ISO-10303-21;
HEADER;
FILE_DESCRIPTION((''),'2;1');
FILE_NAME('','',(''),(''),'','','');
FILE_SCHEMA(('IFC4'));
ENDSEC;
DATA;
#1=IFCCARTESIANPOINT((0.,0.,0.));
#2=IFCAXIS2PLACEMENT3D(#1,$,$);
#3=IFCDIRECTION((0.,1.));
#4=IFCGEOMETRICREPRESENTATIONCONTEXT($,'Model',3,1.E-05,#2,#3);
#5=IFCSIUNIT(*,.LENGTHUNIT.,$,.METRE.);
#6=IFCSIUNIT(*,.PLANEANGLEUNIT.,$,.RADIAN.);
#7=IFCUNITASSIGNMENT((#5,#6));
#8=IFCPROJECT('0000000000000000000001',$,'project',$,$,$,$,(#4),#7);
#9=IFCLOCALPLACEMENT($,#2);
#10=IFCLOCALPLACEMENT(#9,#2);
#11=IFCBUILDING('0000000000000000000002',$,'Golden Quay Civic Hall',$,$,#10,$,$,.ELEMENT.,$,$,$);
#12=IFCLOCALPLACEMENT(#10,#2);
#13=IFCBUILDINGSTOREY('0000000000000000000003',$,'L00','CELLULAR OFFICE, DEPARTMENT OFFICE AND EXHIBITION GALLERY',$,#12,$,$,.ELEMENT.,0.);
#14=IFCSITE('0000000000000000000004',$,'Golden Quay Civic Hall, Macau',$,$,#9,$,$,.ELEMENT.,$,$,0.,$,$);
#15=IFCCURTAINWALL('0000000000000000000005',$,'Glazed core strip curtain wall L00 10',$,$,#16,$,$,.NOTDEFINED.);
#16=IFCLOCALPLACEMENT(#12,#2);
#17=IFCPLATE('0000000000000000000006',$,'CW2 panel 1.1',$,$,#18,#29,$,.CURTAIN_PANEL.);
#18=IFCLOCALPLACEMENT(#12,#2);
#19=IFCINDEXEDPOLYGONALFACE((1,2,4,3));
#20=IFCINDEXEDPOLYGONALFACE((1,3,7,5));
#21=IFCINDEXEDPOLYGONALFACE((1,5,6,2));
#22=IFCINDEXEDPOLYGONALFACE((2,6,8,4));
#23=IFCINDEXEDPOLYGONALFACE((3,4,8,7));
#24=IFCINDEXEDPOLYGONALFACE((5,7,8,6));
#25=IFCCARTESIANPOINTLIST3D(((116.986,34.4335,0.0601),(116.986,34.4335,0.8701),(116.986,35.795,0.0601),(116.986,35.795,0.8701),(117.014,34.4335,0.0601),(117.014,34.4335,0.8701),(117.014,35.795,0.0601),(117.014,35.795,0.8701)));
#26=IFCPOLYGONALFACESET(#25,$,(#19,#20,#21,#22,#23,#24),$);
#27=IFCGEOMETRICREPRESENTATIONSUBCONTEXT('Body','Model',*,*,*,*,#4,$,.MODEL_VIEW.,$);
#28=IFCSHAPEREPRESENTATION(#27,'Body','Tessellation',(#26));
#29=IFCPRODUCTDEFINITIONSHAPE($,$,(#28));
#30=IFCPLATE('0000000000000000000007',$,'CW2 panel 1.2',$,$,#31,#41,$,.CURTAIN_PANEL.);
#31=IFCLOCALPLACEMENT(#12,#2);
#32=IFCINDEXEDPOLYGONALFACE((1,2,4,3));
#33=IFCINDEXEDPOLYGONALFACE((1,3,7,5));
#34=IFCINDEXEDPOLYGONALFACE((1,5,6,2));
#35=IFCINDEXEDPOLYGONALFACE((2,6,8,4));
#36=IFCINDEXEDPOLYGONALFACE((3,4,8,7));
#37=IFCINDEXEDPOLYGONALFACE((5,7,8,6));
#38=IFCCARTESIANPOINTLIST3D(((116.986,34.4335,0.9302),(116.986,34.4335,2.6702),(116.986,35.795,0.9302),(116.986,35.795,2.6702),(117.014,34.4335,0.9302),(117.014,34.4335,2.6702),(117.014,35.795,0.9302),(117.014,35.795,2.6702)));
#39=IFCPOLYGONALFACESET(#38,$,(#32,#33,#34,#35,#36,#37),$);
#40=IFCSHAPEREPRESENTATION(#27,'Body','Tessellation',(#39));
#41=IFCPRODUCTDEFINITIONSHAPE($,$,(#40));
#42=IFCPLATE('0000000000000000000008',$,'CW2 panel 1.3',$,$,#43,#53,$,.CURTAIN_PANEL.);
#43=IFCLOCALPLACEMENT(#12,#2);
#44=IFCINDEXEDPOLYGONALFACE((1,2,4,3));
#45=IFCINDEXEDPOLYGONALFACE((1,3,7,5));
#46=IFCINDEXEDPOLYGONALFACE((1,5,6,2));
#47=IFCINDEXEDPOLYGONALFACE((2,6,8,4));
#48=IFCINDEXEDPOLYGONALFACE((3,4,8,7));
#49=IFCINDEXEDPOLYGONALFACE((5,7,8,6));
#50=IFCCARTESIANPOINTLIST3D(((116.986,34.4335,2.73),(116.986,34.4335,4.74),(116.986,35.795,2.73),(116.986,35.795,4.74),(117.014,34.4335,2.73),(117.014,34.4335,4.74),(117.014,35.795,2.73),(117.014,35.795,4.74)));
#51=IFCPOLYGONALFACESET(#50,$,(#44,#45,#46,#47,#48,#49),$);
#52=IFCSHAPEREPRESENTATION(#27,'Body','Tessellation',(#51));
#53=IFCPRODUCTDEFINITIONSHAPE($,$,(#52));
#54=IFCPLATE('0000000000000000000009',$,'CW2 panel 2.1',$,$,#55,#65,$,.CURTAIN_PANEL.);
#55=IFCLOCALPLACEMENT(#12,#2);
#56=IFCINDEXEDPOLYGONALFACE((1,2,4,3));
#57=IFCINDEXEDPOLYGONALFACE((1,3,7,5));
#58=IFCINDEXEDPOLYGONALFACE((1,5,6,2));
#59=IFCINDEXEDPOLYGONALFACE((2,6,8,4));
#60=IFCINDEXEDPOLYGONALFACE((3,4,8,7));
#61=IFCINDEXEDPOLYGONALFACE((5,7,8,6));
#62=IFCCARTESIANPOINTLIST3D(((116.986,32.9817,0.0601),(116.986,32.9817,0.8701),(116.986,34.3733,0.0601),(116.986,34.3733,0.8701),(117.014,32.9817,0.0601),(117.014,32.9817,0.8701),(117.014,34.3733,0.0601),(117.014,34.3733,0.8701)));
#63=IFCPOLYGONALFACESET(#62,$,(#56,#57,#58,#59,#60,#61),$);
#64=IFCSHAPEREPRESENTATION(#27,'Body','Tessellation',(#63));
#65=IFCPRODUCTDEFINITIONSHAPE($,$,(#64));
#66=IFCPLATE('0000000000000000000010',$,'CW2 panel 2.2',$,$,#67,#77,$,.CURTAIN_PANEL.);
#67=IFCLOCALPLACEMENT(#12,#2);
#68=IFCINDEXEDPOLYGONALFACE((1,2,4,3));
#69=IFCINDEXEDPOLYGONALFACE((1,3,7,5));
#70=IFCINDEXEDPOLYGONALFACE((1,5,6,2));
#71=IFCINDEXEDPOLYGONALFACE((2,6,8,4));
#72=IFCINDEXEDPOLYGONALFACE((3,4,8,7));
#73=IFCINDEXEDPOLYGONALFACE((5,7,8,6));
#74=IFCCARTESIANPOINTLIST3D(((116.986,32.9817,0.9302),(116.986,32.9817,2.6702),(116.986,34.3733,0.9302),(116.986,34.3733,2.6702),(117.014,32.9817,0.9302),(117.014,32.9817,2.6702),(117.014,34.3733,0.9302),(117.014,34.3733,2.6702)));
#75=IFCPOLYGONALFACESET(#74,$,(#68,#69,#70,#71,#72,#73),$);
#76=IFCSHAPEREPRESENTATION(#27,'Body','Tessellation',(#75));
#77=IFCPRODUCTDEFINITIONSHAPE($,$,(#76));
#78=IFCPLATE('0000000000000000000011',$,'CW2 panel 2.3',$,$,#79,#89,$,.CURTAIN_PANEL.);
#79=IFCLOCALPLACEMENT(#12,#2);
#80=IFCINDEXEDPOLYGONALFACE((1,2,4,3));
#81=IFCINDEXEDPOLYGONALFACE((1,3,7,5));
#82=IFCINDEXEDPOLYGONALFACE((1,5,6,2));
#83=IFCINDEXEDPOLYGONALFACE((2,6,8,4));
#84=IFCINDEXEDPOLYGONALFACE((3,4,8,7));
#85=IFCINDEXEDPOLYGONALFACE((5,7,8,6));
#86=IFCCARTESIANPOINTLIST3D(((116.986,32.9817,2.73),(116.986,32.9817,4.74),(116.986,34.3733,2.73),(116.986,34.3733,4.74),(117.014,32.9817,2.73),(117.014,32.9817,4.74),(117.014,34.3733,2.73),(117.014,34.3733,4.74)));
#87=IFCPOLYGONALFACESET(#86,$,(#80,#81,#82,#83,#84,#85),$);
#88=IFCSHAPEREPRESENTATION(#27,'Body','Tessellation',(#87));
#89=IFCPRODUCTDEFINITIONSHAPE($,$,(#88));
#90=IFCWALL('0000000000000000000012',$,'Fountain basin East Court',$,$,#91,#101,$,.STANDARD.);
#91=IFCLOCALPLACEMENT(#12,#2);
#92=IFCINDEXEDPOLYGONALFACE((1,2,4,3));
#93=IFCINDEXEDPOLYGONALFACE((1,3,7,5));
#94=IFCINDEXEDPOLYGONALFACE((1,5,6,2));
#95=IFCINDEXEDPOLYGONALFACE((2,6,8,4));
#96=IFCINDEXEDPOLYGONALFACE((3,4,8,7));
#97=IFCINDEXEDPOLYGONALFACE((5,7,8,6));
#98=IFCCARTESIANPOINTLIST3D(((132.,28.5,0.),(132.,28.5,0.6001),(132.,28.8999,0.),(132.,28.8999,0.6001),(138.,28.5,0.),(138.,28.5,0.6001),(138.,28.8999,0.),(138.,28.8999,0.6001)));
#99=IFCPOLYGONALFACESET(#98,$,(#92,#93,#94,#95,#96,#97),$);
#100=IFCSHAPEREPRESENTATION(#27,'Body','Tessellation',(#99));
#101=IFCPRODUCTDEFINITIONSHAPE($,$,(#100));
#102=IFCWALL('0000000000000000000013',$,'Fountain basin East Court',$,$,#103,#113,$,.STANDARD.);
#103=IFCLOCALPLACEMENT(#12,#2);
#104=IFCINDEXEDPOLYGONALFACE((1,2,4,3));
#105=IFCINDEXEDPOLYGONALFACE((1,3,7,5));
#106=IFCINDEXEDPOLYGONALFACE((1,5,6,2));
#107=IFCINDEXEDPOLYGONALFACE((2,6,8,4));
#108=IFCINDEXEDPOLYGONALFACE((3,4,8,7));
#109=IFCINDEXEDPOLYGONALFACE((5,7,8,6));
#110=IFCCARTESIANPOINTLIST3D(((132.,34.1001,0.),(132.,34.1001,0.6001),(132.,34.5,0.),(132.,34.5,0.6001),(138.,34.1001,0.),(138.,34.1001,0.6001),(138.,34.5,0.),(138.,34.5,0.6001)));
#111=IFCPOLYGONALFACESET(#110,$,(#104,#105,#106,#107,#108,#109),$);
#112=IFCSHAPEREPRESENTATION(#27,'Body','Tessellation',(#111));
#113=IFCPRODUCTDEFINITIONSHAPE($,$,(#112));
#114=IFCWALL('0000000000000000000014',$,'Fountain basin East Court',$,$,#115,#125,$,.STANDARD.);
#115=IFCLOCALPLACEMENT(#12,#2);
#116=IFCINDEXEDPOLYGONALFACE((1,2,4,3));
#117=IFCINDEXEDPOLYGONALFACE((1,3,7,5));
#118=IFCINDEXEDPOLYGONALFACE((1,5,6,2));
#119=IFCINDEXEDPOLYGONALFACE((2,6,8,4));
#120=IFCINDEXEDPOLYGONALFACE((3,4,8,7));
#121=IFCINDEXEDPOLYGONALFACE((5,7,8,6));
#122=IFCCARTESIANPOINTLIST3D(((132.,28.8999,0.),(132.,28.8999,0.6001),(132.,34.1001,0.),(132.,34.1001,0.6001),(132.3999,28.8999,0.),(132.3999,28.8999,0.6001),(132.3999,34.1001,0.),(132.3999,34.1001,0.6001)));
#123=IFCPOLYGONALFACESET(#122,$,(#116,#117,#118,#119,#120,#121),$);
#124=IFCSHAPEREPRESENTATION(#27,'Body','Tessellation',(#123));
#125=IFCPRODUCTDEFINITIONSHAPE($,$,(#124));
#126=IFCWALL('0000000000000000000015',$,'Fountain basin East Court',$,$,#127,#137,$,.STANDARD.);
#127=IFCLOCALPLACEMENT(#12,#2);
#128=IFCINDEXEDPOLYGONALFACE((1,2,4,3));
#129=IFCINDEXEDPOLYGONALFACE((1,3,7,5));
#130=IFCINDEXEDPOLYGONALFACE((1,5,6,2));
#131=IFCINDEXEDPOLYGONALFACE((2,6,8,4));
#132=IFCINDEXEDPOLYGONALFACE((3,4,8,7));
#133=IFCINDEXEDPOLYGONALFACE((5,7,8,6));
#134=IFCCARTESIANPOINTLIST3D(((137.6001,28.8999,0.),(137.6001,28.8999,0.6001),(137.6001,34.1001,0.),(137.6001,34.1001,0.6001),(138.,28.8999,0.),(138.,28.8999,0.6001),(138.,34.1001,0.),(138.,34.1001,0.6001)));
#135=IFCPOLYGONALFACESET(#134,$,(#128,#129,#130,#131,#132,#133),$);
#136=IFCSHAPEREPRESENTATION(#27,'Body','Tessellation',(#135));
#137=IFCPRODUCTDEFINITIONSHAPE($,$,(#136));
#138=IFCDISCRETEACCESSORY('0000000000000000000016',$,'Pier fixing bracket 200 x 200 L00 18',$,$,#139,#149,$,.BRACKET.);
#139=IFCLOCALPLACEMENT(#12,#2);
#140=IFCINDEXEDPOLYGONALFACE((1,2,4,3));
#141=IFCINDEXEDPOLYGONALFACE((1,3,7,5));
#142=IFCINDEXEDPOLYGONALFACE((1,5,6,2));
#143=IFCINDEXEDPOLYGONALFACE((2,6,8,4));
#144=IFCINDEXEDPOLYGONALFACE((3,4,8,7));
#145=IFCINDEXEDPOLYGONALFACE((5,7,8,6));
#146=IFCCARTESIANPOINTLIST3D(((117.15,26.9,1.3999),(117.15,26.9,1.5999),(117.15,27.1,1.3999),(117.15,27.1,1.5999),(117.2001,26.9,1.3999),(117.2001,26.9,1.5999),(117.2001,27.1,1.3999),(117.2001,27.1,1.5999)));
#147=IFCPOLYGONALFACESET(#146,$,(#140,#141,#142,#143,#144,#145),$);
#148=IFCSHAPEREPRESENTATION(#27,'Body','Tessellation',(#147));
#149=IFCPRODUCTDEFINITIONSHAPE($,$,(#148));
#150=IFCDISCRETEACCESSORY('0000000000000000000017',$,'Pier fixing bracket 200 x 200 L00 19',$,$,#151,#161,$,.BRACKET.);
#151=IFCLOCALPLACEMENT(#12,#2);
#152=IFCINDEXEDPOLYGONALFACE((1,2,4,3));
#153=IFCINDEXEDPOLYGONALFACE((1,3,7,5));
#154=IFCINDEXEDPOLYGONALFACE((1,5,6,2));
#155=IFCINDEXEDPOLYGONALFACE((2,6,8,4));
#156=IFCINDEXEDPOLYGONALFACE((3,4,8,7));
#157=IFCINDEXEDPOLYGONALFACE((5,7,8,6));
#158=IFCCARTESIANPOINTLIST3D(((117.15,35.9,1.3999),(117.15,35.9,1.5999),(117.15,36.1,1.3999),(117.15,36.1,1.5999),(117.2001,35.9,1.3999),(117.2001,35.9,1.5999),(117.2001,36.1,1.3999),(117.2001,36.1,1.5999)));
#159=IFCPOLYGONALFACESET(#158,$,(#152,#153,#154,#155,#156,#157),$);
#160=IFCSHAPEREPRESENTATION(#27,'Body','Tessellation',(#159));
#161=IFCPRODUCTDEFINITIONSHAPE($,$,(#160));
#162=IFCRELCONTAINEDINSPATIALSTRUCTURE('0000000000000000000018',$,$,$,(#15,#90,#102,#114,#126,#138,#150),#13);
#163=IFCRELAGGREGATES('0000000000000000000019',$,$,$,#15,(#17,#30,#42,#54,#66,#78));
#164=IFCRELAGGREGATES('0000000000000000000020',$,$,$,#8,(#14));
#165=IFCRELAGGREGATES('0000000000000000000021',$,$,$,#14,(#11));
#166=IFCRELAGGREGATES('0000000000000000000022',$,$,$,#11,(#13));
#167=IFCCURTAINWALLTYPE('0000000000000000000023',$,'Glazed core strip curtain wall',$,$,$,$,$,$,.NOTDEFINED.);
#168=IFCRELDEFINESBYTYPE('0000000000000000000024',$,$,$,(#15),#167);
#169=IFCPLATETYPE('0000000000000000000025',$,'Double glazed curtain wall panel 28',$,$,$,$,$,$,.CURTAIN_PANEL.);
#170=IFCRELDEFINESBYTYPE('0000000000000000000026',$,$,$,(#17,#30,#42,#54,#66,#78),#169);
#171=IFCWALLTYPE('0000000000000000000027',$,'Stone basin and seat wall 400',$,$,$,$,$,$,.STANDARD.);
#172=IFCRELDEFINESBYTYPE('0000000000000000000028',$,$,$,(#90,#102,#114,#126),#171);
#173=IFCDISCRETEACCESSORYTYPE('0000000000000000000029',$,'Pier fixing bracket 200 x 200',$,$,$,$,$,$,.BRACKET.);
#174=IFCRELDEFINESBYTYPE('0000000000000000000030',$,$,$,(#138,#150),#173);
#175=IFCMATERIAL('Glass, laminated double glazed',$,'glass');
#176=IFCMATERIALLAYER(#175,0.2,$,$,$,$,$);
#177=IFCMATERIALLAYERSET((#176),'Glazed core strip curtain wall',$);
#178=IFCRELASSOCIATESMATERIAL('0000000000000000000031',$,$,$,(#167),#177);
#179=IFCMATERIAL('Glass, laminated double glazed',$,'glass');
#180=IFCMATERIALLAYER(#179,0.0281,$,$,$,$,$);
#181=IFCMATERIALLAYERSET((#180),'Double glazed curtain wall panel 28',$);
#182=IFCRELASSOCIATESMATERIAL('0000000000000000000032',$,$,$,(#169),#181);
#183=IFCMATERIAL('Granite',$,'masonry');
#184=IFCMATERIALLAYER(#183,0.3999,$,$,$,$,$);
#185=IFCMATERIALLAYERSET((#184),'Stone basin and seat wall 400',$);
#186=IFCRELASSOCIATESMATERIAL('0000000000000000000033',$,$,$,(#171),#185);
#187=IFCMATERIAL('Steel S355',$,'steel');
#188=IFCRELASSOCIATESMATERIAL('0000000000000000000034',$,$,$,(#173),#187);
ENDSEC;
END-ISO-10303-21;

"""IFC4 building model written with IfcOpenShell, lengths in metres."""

from ifc_helpers import new_model, si_unit, direction, frame, frame_2d, origin, origin_2d, place, context, subcontext, project, spatial, rectangle, extrude, material, layer, layer_set, type_object, element, aggregate, save


model = new_model("IFC4")

# Units and contexts
model_context = context("Model", 3, precision=1e-05, world=origin(), true_north=direction((0.0, 1.0)))
body_context = subcontext(model_context, "Body", "Model", "MODEL_VIEW")
ifc_project = project(units=[si_unit("LENGTHUNIT", "METRE"), si_unit("PLANEANGLEUNIT", "RADIAN")], contexts=[model_context])

# Site, building, storey
site_placement = place(None, origin())
site = spatial("IfcSite", under=ifc_project, at=site_placement, Name="Golden Quay Civic Hall, Macau", CompositionType="ELEMENT", RefElevation=0.0)
building_placement = place(site_placement, origin())
building = spatial("IfcBuilding", under=site, at=building_placement, Name="Golden Quay Civic Hall", CompositionType="ELEMENT")
storey_placement = place(building_placement, origin())
storey = spatial("IfcBuildingStorey", under=building, at=storey_placement, Name="L00", Description="CELLULAR OFFICE, DEPARTMENT OFFICE AND EXHIBITION GALLERY", CompositionType="ELEMENT", Elevation=0.0)

# Curtain wall
ifc_material_1 = material(Name="Glass, laminated double glazed", Category="glass")
ifc_layer_1 = layer(ifc_material_1, 0.2)
ifc_layer_set_1 = layer_set([ifc_layer_1], Name="Glazed core strip curtain wall")
curtain_wall_type = type_object("IfcCurtainWallType", Name="Glazed core strip curtain wall", PredefinedType="NOTDEFINED", material=ifc_layer_set_1)
curtain_wall_1_placement = place(storey_placement, origin())
curtain_wall_1 = element("IfcCurtainWall", 1, at=curtain_wall_1_placement, inside=storey, type_object=curtain_wall_type, Name="Glazed core strip curtain wall L00 10", PredefinedType="NOTDEFINED")

# Plates
ifc_material_2 = material(Name="Glass, laminated double glazed", Category="glass")
ifc_layer_2 = layer(ifc_material_2, 0.0281)
ifc_layer_set_2 = layer_set([ifc_layer_2], Name="Double glazed curtain wall panel 28")
plate_type = type_object("IfcPlateType", Name="Double glazed curtain wall panel 28", PredefinedType="CURTAIN_PANEL", material=ifc_layer_set_2)
plate_1_placement = place(storey_placement, frame((117.0, 35.1143, 0.0601), z_axis=(0.0, 0.0, 1.0), x_axis=(0.0, -1.0, 0.0)))
plate_1 = element("IfcPlate", 2, at=plate_1_placement, type_object=plate_type, Name="CW2 panel 1.1", PredefinedType="CURTAIN_PANEL", context=body_context, shape_type="SweptSolid", body=[
    extrude(rectangle(XDim=1.3616, YDim=0.0281, at=origin_2d()), origin(), (0.0, 0.0, 1.0), 0.8101),
])
plate_2_placement = place(storey_placement, frame((117.0, 35.1143, 0.9302), z_axis=(0.0, 0.0, 1.0), x_axis=(0.0, -1.0, 0.0)))
plate_2 = element("IfcPlate", 3, at=plate_2_placement, type_object=plate_type, Name="CW2 panel 1.2", PredefinedType="CURTAIN_PANEL", context=body_context, shape_type="SweptSolid", body=[
    extrude(rectangle(XDim=1.3616, YDim=0.0281, at=origin_2d()), origin(), (0.0, 0.0, 1.0), 1.74),
])
plate_3_placement = place(storey_placement, frame((117.0, 35.1143, 2.73), z_axis=(0.0, 0.0, 1.0), x_axis=(0.0, -1.0, 0.0)))
plate_3 = element("IfcPlate", 4, at=plate_3_placement, type_object=plate_type, Name="CW2 panel 1.3", PredefinedType="CURTAIN_PANEL", context=body_context, shape_type="SweptSolid", body=[
    extrude(rectangle(XDim=1.3616, YDim=0.0281, at=origin_2d()), origin(), (0.0, 0.0, 1.0), 2.01),
])
plate_4_placement = place(storey_placement, frame((117.0, 33.6775, 0.0601), z_axis=(0.0, 0.0, 1.0), x_axis=(0.0, -1.0, 0.0)))
plate_4 = element("IfcPlate", 5, at=plate_4_placement, type_object=plate_type, Name="CW2 panel 2.1", PredefinedType="CURTAIN_PANEL", context=body_context, shape_type="SweptSolid", body=[
    extrude(rectangle(XDim=1.3916, YDim=0.0281, at=origin_2d()), origin(), (0.0, 0.0, 1.0), 0.8101),
])
plate_5_placement = place(storey_placement, frame((117.0, 33.6775, 0.9302), z_axis=(0.0, 0.0, 1.0), x_axis=(0.0, -1.0, 0.0)))
plate_5 = element("IfcPlate", 6, at=plate_5_placement, type_object=plate_type, Name="CW2 panel 2.2", PredefinedType="CURTAIN_PANEL", context=body_context, shape_type="SweptSolid", body=[
    extrude(rectangle(XDim=1.3916, YDim=0.0281, at=origin_2d()), origin(), (0.0, 0.0, 1.0), 1.74),
])
plate_6_placement = place(storey_placement, frame((117.0, 33.6775, 2.73), z_axis=(0.0, 0.0, 1.0), x_axis=(0.0, -1.0, 0.0)))
plate_6 = element("IfcPlate", 7, at=plate_6_placement, type_object=plate_type, Name="CW2 panel 2.3", PredefinedType="CURTAIN_PANEL", context=body_context, shape_type="SweptSolid", body=[
    extrude(rectangle(XDim=1.3916, YDim=0.0281, at=origin_2d()), origin(), (0.0, 0.0, 1.0), 2.01),
])
aggregate(curtain_wall_1, [plate_1, plate_2, plate_3, plate_4, plate_5, plate_6])

# Walls
ifc_material_3 = material(Name="Granite", Category="masonry")
ifc_layer_3 = layer(ifc_material_3, 0.3999)
ifc_layer_set_3 = layer_set([ifc_layer_3], Name="Stone basin and seat wall 400")
wall_type = type_object("IfcWallType", Name="Stone basin and seat wall 400", PredefinedType="STANDARD", material=ifc_layer_set_3)
for number, where, z_axis, x_axis, name in (
    (8, (132.0, 28.7, 0.0), (0.0, 0.0, 1.0), (1.0, 0.0, 0.0), "Fountain basin East Court"),
    (9, (132.0, 34.3, 0.0), (0.0, 0.0, 1.0), (1.0, 0.0, 0.0), "Fountain basin East Court"),
):
    element("IfcWall", number, at=place(storey_placement, frame(where, z_axis=z_axis, x_axis=x_axis)), inside=storey, type_object=wall_type, Name=name, PredefinedType="STANDARD", context=body_context, shape_type="SweptSolid", body=[
        extrude(rectangle(XDim=6.0, YDim=0.3999, at=frame_2d((3.0, 0.0))), origin(), (0.0, 0.0, 1.0), 0.6001),
    ])
for number, where, z_axis, x_axis, name in (
    (10, (132.2, 28.8999, 0.0), (0.0, 0.0, 1.0), (0.0, 1.0, 0.0), "Fountain basin East Court"),
    (11, (137.8, 28.8999, 0.0), (0.0, 0.0, 1.0), (0.0, 1.0, 0.0), "Fountain basin East Court"),
):
    element("IfcWall", number, at=place(storey_placement, frame(where, z_axis=z_axis, x_axis=x_axis)), inside=storey, type_object=wall_type, Name=name, PredefinedType="STANDARD", context=body_context, shape_type="SweptSolid", body=[
        extrude(rectangle(XDim=5.2002, YDim=0.3999, at=frame_2d((2.6001, 0.0))), origin(), (0.0, 0.0, 1.0), 0.6001),
    ])

# Discrete accessories
ifc_material_4 = material(Name="Steel S355", Category="steel")
discrete_accessory_type = type_object("IfcDiscreteAccessoryType", Name="Pier fixing bracket 200 x 200", PredefinedType="BRACKET", material=ifc_material_4)
for number, where, z_axis, x_axis, name in (
    (12, (117.175, 27.0, 1.3999), (0.0, 0.0, 1.0), (0.0, 1.0, 0.0), "Pier fixing bracket 200 x 200 L00 18"),
    (13, (117.175, 36.0, 1.3999), (0.0, 0.0, 1.0), (0.0, 1.0, 0.0), "Pier fixing bracket 200 x 200 L00 19"),
):
    element("IfcDiscreteAccessory", number, at=place(storey_placement, frame(where, z_axis=z_axis, x_axis=x_axis)), inside=storey, type_object=discrete_accessory_type, Name=name, PredefinedType="BRACKET", context=body_context, shape_type="SweptSolid", body=[
        extrude(rectangle(XDim=0.2, YDim=0.05, at=origin_2d()), origin(), (0.0, 0.0, 1.0), 0.2),
    ])

save(model, "model.ifc")
